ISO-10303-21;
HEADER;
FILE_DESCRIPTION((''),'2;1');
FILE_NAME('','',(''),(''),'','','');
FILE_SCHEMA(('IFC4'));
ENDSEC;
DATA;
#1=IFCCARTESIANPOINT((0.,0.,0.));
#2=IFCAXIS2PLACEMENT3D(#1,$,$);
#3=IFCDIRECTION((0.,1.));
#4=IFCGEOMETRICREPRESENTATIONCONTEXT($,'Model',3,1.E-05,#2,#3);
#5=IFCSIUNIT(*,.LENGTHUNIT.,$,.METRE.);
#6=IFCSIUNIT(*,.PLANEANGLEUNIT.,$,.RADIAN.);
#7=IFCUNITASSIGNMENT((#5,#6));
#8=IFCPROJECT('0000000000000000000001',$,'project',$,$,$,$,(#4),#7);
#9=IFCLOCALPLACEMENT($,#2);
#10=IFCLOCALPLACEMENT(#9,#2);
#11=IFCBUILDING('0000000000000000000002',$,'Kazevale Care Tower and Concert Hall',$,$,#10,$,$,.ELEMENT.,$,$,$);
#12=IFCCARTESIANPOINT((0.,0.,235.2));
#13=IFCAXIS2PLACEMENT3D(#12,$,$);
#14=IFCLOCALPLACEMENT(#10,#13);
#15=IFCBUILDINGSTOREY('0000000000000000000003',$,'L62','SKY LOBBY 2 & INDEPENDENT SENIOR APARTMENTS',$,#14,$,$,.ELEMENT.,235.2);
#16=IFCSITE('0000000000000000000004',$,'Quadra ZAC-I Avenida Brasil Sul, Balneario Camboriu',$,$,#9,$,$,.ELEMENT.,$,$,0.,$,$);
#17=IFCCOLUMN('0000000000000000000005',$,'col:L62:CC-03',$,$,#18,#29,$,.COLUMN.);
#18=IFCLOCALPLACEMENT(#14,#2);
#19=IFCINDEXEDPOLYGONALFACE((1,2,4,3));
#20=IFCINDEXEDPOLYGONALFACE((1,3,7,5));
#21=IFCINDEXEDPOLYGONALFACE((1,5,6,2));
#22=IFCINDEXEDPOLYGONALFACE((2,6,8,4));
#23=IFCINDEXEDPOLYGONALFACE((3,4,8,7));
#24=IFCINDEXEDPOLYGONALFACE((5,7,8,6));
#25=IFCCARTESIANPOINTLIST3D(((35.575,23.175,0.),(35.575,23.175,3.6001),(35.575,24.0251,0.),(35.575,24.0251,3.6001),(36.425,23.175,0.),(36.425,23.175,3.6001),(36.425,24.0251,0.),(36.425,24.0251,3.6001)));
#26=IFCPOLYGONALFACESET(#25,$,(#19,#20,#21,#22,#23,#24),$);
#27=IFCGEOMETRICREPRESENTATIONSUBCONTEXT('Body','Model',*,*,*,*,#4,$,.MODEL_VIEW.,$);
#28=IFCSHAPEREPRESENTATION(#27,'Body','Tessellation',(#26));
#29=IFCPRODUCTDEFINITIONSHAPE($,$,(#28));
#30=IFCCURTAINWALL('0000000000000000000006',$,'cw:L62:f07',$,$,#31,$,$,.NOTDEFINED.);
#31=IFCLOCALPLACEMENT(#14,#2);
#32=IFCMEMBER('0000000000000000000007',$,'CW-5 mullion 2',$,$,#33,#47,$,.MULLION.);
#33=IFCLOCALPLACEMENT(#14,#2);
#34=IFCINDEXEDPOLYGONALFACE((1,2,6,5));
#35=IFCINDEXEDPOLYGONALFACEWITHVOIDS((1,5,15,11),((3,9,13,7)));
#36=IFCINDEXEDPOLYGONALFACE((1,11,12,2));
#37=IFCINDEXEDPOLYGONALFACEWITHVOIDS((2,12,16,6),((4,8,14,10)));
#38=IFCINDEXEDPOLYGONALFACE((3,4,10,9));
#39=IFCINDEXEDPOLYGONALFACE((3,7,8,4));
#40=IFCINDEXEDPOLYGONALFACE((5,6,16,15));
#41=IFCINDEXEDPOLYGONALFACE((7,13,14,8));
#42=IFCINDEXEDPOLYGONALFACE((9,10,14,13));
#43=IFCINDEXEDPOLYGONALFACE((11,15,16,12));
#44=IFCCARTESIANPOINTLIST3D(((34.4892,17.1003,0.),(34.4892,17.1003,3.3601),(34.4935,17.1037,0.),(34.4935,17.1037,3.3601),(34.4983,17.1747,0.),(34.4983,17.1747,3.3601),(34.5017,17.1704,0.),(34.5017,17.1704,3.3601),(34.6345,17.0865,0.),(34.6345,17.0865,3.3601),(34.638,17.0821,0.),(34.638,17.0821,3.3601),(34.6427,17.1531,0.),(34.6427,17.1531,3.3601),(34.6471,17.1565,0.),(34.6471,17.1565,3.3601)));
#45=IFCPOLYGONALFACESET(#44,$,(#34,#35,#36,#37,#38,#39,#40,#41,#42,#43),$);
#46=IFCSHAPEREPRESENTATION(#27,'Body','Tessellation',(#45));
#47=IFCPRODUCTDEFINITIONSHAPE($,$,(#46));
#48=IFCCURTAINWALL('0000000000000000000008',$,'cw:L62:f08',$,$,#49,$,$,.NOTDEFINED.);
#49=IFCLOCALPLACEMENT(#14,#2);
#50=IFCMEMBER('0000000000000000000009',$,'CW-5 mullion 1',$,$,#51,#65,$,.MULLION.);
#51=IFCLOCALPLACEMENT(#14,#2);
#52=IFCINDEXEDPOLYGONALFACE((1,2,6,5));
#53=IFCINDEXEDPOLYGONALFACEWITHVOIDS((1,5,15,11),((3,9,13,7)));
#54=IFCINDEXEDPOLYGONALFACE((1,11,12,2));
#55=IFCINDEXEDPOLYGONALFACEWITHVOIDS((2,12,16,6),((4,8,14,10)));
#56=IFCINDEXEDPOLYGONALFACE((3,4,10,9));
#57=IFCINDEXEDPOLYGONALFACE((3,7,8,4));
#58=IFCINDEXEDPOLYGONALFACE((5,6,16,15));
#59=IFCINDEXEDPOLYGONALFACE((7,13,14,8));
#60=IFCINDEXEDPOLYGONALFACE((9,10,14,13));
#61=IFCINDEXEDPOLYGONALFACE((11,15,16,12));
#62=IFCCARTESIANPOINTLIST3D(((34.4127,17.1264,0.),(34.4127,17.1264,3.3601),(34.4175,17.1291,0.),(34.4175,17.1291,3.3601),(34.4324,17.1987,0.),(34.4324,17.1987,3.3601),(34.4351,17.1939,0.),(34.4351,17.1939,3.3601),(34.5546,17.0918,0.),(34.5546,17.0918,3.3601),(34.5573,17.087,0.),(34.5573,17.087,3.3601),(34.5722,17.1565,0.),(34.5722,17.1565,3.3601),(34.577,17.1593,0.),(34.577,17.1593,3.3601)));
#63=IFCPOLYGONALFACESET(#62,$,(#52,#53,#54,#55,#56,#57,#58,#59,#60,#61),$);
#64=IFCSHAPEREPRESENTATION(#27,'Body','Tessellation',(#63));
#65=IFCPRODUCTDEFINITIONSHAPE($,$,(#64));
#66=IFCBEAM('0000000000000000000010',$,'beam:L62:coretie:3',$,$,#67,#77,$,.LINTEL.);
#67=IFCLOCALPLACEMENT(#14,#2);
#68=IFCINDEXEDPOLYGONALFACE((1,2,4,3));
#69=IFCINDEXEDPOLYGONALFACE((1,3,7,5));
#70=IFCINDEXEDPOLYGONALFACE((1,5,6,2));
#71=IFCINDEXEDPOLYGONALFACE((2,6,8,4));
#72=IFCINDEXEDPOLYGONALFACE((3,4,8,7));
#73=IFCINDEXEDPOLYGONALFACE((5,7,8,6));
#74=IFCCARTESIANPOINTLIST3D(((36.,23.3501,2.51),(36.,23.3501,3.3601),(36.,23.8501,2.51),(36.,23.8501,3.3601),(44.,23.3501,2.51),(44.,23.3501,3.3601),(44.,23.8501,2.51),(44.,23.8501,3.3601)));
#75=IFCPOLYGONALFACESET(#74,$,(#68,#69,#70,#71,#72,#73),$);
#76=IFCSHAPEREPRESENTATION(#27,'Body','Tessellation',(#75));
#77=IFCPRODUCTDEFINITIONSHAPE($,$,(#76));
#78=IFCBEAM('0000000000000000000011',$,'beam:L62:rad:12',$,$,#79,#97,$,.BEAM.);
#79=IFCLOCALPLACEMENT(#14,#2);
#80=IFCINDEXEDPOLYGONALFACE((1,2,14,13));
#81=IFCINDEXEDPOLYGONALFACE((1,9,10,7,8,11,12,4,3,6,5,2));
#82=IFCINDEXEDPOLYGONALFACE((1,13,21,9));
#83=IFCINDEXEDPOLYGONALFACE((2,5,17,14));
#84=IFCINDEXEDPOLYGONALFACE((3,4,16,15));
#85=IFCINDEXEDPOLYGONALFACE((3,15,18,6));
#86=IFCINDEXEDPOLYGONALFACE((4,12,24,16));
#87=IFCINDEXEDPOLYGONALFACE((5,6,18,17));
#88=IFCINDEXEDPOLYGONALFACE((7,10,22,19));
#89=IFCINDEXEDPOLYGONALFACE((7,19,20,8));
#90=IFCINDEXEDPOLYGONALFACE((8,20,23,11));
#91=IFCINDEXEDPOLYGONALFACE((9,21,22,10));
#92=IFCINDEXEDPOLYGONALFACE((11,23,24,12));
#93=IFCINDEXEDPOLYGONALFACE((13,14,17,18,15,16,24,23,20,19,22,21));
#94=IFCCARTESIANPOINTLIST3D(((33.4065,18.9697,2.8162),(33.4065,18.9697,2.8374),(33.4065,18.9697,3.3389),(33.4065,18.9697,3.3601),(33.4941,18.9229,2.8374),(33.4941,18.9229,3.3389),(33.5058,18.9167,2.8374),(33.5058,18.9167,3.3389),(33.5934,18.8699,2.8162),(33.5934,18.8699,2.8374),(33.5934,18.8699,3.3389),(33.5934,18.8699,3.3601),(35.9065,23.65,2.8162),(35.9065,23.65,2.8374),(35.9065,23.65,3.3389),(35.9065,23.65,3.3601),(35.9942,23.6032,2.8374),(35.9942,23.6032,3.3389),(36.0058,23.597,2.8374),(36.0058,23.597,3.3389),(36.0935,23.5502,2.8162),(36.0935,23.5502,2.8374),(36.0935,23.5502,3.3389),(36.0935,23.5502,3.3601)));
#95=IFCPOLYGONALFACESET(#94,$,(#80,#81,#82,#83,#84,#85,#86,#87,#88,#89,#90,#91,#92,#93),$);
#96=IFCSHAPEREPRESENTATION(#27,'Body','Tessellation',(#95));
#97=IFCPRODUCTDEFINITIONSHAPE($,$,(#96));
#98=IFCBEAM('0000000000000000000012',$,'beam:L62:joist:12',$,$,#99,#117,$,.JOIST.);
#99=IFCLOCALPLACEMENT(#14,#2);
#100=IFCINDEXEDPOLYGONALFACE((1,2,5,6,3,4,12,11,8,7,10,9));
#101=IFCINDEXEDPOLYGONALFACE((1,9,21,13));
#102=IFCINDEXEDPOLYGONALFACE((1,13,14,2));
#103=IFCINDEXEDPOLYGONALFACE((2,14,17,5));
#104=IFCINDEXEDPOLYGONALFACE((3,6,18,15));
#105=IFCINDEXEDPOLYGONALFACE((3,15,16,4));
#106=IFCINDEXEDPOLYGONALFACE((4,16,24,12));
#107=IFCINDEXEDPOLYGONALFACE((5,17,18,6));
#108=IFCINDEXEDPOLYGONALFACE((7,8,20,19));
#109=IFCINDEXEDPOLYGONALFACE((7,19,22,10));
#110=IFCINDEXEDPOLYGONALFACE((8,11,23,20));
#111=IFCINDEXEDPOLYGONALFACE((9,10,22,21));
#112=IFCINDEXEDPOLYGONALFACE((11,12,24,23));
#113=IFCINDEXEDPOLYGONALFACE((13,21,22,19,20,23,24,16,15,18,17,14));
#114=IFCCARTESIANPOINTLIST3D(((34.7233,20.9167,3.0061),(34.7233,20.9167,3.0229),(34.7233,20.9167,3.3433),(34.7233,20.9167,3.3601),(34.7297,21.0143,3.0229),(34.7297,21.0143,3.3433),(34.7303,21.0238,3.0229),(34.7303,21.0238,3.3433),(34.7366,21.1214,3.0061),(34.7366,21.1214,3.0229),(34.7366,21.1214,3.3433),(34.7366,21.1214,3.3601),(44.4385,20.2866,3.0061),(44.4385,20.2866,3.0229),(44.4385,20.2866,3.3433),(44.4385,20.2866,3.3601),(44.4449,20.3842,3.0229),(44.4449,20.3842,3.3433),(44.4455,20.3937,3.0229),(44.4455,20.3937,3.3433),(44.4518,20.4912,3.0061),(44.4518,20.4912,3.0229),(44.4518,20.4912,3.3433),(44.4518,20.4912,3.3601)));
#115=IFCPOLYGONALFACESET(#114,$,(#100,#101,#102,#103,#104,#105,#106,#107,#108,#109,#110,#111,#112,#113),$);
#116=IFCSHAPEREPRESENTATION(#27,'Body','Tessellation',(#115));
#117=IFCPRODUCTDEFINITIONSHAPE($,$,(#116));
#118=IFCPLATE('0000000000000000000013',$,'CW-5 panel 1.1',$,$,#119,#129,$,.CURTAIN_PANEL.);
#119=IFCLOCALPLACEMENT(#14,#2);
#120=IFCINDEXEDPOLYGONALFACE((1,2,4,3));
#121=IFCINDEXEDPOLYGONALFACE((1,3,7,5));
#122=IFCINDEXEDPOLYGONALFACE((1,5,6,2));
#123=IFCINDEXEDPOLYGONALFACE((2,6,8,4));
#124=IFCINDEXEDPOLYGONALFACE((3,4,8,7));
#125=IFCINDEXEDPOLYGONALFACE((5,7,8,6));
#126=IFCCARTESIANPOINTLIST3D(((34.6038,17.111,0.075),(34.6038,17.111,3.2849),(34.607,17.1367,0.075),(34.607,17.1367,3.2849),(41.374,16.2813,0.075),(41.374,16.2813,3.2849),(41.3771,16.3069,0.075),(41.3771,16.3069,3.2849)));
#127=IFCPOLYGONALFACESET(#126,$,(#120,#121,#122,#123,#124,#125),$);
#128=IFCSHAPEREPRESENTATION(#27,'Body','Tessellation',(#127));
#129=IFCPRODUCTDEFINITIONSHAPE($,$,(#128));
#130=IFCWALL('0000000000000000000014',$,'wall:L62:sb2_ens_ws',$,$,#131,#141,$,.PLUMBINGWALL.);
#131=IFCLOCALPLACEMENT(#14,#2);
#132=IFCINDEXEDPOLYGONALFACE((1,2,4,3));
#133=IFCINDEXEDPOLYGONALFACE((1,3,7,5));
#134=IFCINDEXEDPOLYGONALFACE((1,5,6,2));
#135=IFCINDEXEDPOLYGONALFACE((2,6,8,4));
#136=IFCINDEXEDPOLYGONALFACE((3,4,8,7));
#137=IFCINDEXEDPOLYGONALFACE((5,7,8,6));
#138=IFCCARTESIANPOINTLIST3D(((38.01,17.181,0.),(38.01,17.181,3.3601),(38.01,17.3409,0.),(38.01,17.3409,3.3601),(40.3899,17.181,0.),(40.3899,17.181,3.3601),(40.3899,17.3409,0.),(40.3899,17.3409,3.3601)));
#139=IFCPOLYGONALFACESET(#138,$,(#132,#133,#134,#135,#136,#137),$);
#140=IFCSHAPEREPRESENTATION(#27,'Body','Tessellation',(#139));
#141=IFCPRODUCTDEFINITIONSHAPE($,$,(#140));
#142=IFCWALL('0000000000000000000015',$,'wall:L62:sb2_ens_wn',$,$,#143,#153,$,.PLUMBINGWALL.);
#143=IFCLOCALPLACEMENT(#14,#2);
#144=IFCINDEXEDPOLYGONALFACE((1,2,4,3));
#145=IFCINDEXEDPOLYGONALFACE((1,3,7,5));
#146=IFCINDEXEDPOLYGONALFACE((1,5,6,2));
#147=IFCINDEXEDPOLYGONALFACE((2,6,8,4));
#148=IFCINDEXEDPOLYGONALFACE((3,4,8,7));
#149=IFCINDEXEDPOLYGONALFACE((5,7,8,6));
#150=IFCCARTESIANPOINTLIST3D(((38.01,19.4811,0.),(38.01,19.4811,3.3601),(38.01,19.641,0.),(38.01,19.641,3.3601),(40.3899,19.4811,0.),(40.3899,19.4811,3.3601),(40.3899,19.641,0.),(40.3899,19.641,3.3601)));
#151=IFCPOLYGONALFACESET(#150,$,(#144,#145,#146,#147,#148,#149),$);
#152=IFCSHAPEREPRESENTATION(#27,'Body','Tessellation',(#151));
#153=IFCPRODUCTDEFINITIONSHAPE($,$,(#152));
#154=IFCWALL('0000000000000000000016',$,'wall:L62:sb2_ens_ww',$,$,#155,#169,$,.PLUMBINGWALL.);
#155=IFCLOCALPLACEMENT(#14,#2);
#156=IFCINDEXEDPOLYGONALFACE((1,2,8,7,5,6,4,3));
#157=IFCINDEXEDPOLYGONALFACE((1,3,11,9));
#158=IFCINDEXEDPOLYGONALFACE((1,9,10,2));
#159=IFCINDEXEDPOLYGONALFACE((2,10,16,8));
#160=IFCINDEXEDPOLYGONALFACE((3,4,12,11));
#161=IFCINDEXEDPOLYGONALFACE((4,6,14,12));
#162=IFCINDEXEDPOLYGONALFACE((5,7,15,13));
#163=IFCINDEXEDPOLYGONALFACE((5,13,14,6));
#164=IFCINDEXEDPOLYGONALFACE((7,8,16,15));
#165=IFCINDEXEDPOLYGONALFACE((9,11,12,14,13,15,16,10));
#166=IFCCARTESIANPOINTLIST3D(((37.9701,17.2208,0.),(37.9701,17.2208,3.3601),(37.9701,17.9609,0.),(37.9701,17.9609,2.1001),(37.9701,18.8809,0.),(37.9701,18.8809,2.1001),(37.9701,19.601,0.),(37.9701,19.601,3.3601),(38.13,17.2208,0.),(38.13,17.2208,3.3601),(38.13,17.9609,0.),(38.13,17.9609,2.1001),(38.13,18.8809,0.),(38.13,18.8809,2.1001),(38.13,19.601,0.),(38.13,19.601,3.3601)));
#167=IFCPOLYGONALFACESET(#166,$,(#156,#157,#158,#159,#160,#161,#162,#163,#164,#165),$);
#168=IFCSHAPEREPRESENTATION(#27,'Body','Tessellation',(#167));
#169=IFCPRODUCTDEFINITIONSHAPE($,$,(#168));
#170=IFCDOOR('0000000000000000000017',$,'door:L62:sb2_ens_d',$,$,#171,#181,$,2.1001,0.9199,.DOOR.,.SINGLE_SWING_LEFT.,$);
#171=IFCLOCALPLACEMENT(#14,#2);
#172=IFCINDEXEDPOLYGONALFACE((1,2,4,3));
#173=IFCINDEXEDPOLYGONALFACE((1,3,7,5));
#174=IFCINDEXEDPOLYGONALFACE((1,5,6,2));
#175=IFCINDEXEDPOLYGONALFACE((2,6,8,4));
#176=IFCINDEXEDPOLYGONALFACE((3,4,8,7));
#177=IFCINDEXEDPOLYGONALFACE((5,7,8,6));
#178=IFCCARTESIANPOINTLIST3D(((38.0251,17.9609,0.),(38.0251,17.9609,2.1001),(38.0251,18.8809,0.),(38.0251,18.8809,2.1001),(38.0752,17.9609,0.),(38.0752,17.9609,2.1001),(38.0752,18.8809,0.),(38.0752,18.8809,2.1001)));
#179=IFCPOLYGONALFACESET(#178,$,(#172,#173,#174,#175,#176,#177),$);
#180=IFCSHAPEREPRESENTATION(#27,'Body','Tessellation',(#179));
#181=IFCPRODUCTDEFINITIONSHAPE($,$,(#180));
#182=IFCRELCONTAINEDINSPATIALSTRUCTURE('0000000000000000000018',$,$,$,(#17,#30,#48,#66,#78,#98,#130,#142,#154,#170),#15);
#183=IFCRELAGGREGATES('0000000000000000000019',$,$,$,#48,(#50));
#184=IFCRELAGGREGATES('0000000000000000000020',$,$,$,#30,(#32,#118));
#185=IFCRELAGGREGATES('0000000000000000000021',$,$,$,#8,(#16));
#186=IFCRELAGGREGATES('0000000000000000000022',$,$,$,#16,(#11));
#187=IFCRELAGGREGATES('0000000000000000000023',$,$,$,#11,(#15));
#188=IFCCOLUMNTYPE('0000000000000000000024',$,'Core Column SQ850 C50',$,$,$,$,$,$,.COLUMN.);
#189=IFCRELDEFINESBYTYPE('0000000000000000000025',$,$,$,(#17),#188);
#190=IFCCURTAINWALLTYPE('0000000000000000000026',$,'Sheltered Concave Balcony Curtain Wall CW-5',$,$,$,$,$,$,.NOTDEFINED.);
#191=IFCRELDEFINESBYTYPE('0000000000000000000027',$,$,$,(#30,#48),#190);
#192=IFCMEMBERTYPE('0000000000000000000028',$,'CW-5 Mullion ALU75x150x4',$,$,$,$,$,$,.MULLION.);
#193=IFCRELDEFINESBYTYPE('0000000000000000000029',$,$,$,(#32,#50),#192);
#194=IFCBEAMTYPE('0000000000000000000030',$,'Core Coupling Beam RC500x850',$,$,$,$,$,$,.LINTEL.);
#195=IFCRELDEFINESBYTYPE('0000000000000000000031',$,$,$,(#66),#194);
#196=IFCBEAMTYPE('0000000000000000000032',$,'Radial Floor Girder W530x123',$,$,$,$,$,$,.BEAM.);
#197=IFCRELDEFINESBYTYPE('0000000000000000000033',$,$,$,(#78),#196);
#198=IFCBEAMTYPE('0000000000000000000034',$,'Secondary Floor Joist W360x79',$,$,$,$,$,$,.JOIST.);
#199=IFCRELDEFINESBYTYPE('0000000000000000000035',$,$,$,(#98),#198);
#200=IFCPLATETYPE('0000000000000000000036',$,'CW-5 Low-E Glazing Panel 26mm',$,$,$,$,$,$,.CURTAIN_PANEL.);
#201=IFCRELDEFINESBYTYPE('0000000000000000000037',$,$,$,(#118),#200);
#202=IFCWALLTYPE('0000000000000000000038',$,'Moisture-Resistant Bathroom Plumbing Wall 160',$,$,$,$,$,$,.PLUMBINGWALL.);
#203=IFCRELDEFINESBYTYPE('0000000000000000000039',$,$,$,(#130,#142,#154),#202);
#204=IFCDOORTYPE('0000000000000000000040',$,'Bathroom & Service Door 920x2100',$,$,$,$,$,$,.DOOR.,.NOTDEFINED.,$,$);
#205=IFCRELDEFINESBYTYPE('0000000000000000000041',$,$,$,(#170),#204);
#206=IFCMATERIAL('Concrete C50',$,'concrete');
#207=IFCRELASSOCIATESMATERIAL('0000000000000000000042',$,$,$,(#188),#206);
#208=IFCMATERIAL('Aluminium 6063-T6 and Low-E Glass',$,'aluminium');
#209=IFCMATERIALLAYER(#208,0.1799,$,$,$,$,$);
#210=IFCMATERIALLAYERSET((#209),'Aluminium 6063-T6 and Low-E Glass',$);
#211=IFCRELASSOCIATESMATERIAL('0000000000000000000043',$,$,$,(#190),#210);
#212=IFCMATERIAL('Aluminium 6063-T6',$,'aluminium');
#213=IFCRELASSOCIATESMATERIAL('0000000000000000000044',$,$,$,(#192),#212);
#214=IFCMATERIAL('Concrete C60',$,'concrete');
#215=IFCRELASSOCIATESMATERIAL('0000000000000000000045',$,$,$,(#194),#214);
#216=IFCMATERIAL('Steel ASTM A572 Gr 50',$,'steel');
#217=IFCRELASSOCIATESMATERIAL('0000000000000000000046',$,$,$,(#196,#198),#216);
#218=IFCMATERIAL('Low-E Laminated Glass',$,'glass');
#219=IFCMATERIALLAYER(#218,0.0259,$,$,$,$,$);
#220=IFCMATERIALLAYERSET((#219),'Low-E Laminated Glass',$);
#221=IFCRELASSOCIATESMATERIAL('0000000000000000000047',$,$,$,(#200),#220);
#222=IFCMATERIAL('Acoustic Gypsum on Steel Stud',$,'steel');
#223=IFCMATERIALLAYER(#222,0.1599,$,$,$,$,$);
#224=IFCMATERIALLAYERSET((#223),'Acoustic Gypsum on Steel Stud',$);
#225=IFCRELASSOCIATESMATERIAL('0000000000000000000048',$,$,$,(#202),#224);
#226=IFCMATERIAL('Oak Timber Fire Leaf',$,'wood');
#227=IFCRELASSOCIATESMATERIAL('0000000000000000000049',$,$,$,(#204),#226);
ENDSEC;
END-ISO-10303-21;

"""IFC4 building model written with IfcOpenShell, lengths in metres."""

from ifc_helpers import new_model, si_unit, direction, frame, frame_2d, origin, origin_2d, place, context, subcontext, project, spatial, rectangle, hollow_rectangle, i_section, extrude, material, layer, layer_set, material_profile, profile_set, type_object, element, fill, aggregate, save


model = new_model("IFC4")

# Units and contexts
model_context = context("Model", 3, precision=1e-05, world=origin(), true_north=direction((0.0, 1.0)))
body_context = subcontext(model_context, "Body", "Model", "MODEL_VIEW")
ifc_project = project(units=[si_unit("LENGTHUNIT", "METRE"), si_unit("PLANEANGLEUNIT", "RADIAN")], contexts=[model_context])

# Site, building, storey
site_placement = place(None, origin())
site = spatial("IfcSite", under=ifc_project, at=site_placement, Name="Quadra ZAC-I Avenida Brasil Sul, Balneario Camboriu", CompositionType="ELEMENT", RefElevation=0.0)
building_placement = place(site_placement, origin())
building = spatial("IfcBuilding", under=site, at=building_placement, Name="Kazevale Care Tower and Concert Hall", CompositionType="ELEMENT")
storey_placement = place(building_placement, frame((0.0, 0.0, 235.2)))
storey = spatial("IfcBuildingStorey", under=building, at=storey_placement, Name="L62", Description="SKY LOBBY 2 & INDEPENDENT SENIOR APARTMENTS", CompositionType="ELEMENT", Elevation=235.2)

# Column
ifc_material_1 = material(Name="Concrete C50", Category="concrete")
ifc_material_profile_1 = material_profile(ifc_material_1, rectangle(XDim=0.8501, YDim=0.8501, at=origin_2d()), Name="RC-SQ850")
ifc_profile_set_1 = profile_set([ifc_material_profile_1], Name="Concrete C50")
column_type = type_object("IfcColumnType", Name="Core Column SQ850 C50", PredefinedType="COLUMN", material=ifc_profile_set_1)
column_placement = place(storey_placement, frame((36.0, 23.6001, 0.0), z_axis=(0.0, 0.0, 1.0), x_axis=(1.0, 0.0, 0.0)))
element("IfcColumn", 1, at=column_placement, inside=storey, type_object=column_type, Name="col:L62:CC-03", PredefinedType="COLUMN", context=body_context, shape_type="SweptSolid", body=[
    extrude(rectangle(XDim=0.8501, YDim=0.8501, at=origin_2d()), origin(), (0.0, 0.0, 1.0), 3.6001),
])

# Curtain walls, members
ifc_material_2 = material(Name="Aluminium 6063-T6 and Low-E Glass", Category="aluminium")
ifc_layer_1 = layer(ifc_material_2, 0.1799)
ifc_layer_set_1 = layer_set([ifc_layer_1], Name="Aluminium 6063-T6 and Low-E Glass")
curtain_wall_type = type_object("IfcCurtainWallType", Name="Sheltered Concave Balcony Curtain Wall CW-5", PredefinedType="NOTDEFINED", material=ifc_layer_set_1)
curtain_wall_1_placement = place(storey_placement, origin())
curtain_wall_1 = element("IfcCurtainWall", 2, at=curtain_wall_1_placement, inside=storey, type_object=curtain_wall_type, Name="cw:L62:f07", PredefinedType="NOTDEFINED")
ifc_material_3 = material(Name="Aluminium 6063-T6", Category="aluminium")
ifc_material_profile_2 = material_profile(ifc_material_3, hollow_rectangle(XDim=0.075, YDim=0.1499, WallThickness=0.0039, at=origin_2d()), Name="ALU75x150x4")
ifc_profile_set_2 = profile_set([ifc_material_profile_2], Name="Aluminium 6063-T6")
member_type = type_object("IfcMemberType", Name="CW-5 Mullion ALU75x150x4", PredefinedType="MULLION", material=ifc_profile_set_2)
member_1_placement = place(storey_placement, frame((34.5681, 17.1284, 0.0), z_axis=(0.0, 0.0, 1.0), x_axis=(-0.121651, -0.992573, 0.0)))
member_1 = element("IfcMember", 3, at=member_1_placement, type_object=member_type, Name="CW-5 mullion 2", PredefinedType="MULLION", context=body_context, shape_type="SweptSolid", body=[
    extrude(hollow_rectangle(XDim=0.075, YDim=0.1499, WallThickness=0.0039, at=origin_2d()), origin(), (0.0, 0.0, 1.0), 3.3601),
])
curtain_wall_2_placement = place(storey_placement, origin())
curtain_wall_2 = element("IfcCurtainWall", 4, at=curtain_wall_2_placement, inside=storey, type_object=curtain_wall_type, Name="cw:L62:f08", PredefinedType="NOTDEFINED")
member_2_placement = place(storey_placement, frame((34.4949, 17.1428, 0.0), z_axis=(0.0, 0.0, 1.0), x_axis=(-0.262849, -0.964837, 0.0)))
member_2 = element("IfcMember", 5, at=member_2_placement, type_object=member_type, Name="CW-5 mullion 1", PredefinedType="MULLION", context=body_context, shape_type="SweptSolid", body=[
    extrude(hollow_rectangle(XDim=0.075, YDim=0.1499, WallThickness=0.0039, at=origin_2d()), origin(), (0.0, 0.0, 1.0), 3.3601),
])
aggregate(curtain_wall_2, [member_2])

# Beams
ifc_material_4 = material(Name="Concrete C60", Category="concrete")
ifc_material_profile_3 = material_profile(ifc_material_4, rectangle(XDim=0.5, YDim=0.8501, at=origin_2d()), Name="RC-B500x850")
ifc_profile_set_3 = profile_set([ifc_material_profile_3], Name="Concrete C60")
beam_type_1 = type_object("IfcBeamType", Name="Core Coupling Beam RC500x850", PredefinedType="LINTEL", material=ifc_profile_set_3)
beam_1_placement = place(storey_placement, frame((36.0, 23.6001, 2.9351), z_axis=(1.0, 0.0, 0.0), x_axis=(0.0, 1.0, 0.0)))
element("IfcBeam", 6, at=beam_1_placement, inside=storey, type_object=beam_type_1, Name="beam:L62:coretie:3", PredefinedType="LINTEL", context=body_context, shape_type="SweptSolid", body=[
    extrude(rectangle(XDim=0.5, YDim=0.8501, at=origin_2d()), origin(), (0.0, 0.0, 1.0), 8.0),
])
ifc_material_5 = material(Name="Steel ASTM A572 Gr 50", Category="steel")
ifc_material_profile_4 = material_profile(ifc_material_5, i_section(OverallWidth=0.2119, OverallDepth=0.5439, WebThickness=0.0132, FlangeThickness=0.0212, at=origin_2d()), Name="W530x123")
ifc_profile_set_4 = profile_set([ifc_material_profile_4], Name="Steel ASTM A572 Gr 50")
beam_type_2 = type_object("IfcBeamType", Name="Radial Floor Girder W530x123", PredefinedType="BEAM", material=ifc_profile_set_4)
beam_2_placement = place(storey_placement, frame((36.0, 23.6001, 3.0881), z_axis=(-0.471161, -0.882047, 0.0), x_axis=(0.882047, -0.471161, 0.0)))
element("IfcBeam", 7, at=beam_2_placement, inside=storey, type_object=beam_type_2, Name="beam:L62:rad:12", PredefinedType="BEAM", context=body_context, shape_type="SweptSolid", body=[
    extrude(i_section(OverallWidth=0.2119, OverallDepth=0.5439, WebThickness=0.0132, FlangeThickness=0.0212, at=origin_2d()), origin(), (0.0, 0.0, 1.0), 5.3062),
])
ifc_material_profile_5 = material_profile(ifc_material_5, i_section(OverallWidth=0.2051, OverallDepth=0.354, WebThickness=0.0095, FlangeThickness=0.0168, at=origin_2d()), Name="W360x79")
ifc_profile_set_5 = profile_set([ifc_material_profile_5], Name="Steel ASTM A572 Gr 50")
beam_type_3 = type_object("IfcBeamType", Name="Secondary Floor Joist W360x79", PredefinedType="JOIST", material=ifc_profile_set_5)
beam_3_placement = place(storey_placement, frame((34.73, 21.019, 3.1831), z_axis=(0.997903, -0.064725, 0.0), x_axis=(0.064725, 0.997903, 0.0)))
element("IfcBeam", 8, at=beam_3_placement, inside=storey, type_object=beam_type_3, Name="beam:L62:joist:12", PredefinedType="JOIST", context=body_context, shape_type="SweptSolid", body=[
    extrude(i_section(OverallWidth=0.2051, OverallDepth=0.354, WebThickness=0.0095, FlangeThickness=0.0168, at=origin_2d()), origin(), (0.0, 0.0, 1.0), 9.7356),
])

# Plate
ifc_material_6 = material(Name="Low-E Laminated Glass", Category="glass")
ifc_layer_2 = layer(ifc_material_6, 0.0259)
ifc_layer_set_2 = layer_set([ifc_layer_2], Name="Low-E Laminated Glass")
plate_type = type_object("IfcPlateType", Name="CW-5 Low-E Glazing Panel 26mm", PredefinedType="CURTAIN_PANEL", material=ifc_layer_set_2)
plate_placement = place(storey_placement, frame((37.9905, 16.709, 0.075), z_axis=(0.0, 0.0, 1.0), x_axis=(-0.992573, 0.121651, 0.0)))
plate = element("IfcPlate", 9, at=plate_placement, type_object=plate_type, Name="CW-5 panel 1.1", PredefinedType="CURTAIN_PANEL", context=body_context, shape_type="SweptSolid", body=[
    extrude(rectangle(XDim=6.8208, YDim=0.0259, at=origin_2d()), origin(), (0.0, 0.0, 1.0), 3.21),
])
aggregate(curtain_wall_1, [member_1, plate])

# Walls
ifc_material_7 = material(Name="Acoustic Gypsum on Steel Stud", Category="steel")
ifc_layer_3 = layer(ifc_material_7, 0.1599)
ifc_layer_set_3 = layer_set([ifc_layer_3], Name="Acoustic Gypsum on Steel Stud")
wall_type_1 = type_object("IfcWallType", Name="Moisture-Resistant Bathroom Plumbing Wall 160", PredefinedType="PLUMBINGWALL", material=ifc_layer_set_3)
for number, where, z_axis, x_axis, name in (
    (10, (38.01, 17.261, 0.0), (0.0, 0.0, 1.0), (1.0, 0.0, 0.0), "wall:L62:sb2_ens_ws"),
    (11, (38.01, 19.561, 0.0), (0.0, 0.0, 1.0), (1.0, 0.0, 0.0), "wall:L62:sb2_ens_wn"),
):
    element("IfcWall", number, at=place(storey_placement, frame(where, z_axis=z_axis, x_axis=x_axis)), inside=storey, type_object=wall_type_1, Name=name, PredefinedType="PLUMBINGWALL", context=body_context, shape_type="SweptSolid", body=[
        extrude(rectangle(XDim=2.3799, YDim=0.1599, at=frame_2d((1.1899, 0.0))), origin(), (0.0, 0.0, 1.0), 3.3601),
    ])

# Wall, opening, door
wall_1_placement = place(storey_placement, frame((38.05, 17.2209, 0.0), z_axis=(0.0, 0.0, 1.0), x_axis=(0.0, 1.0, 0.0)))
wall_1 = element("IfcWall", 12, at=wall_1_placement, inside=storey, type_object=wall_type_1, Name="wall:L62:sb2_ens_ww", PredefinedType="PLUMBINGWALL", context=body_context, shape_type="SweptSolid", body=[
    extrude(rectangle(XDim=2.3801, YDim=0.1599, at=frame_2d((1.1899, 0.0))), origin(), (0.0, 0.0, 1.0), 3.3601),
])
opening_1_placement = place(wall_1_placement, frame((0.74, 0.0, 0.0)))
opening_1 = element("IfcOpeningElement", 13, at=opening_1_placement, cuts=wall_1, PredefinedType="OPENING", context=body_context, shape_type="SweptSolid", body=[
    extrude(rectangle(XDim=0.9199, YDim=2.1001, at=frame_2d((0.46, 1.05))), frame((0.0, 0.0898, 0.0), z_axis=(0.0, -1.0, 0.0), x_axis=(1.0, 0.0, 0.0)), (0.0, 0.0, 1.0), 0.1799),
])
ifc_material_8 = material(Name="Oak Timber Fire Leaf", Category="wood")
door_type_1 = type_object("IfcDoorType", Name="Bathroom & Service Door 920x2100", OperationType="NOTDEFINED", PredefinedType="DOOR", material=ifc_material_8)
door_1_placement = place(opening_1_placement, origin())
door_1 = element("IfcDoor", 14, at=door_1_placement, inside=storey, type_object=door_type_1, Name="door:L62:sb2_ens_d", OperationType="SINGLE_SWING_LEFT", OverallHeight=2.1001, OverallWidth=0.9199, PredefinedType="DOOR", context=body_context, shape_type="SweptSolid", body=[
    extrude(rectangle(XDim=0.9199, YDim=2.1001, at=frame_2d((0.46, 1.05))), frame((0.0, 0.0249, 0.0), z_axis=(0.0, -1.0, 0.0), x_axis=(1.0, 0.0, 0.0)), (0.0, 0.0, 1.0), 0.05),
])
fill(opening_1, door_1)

save(model, "model.ifc")
